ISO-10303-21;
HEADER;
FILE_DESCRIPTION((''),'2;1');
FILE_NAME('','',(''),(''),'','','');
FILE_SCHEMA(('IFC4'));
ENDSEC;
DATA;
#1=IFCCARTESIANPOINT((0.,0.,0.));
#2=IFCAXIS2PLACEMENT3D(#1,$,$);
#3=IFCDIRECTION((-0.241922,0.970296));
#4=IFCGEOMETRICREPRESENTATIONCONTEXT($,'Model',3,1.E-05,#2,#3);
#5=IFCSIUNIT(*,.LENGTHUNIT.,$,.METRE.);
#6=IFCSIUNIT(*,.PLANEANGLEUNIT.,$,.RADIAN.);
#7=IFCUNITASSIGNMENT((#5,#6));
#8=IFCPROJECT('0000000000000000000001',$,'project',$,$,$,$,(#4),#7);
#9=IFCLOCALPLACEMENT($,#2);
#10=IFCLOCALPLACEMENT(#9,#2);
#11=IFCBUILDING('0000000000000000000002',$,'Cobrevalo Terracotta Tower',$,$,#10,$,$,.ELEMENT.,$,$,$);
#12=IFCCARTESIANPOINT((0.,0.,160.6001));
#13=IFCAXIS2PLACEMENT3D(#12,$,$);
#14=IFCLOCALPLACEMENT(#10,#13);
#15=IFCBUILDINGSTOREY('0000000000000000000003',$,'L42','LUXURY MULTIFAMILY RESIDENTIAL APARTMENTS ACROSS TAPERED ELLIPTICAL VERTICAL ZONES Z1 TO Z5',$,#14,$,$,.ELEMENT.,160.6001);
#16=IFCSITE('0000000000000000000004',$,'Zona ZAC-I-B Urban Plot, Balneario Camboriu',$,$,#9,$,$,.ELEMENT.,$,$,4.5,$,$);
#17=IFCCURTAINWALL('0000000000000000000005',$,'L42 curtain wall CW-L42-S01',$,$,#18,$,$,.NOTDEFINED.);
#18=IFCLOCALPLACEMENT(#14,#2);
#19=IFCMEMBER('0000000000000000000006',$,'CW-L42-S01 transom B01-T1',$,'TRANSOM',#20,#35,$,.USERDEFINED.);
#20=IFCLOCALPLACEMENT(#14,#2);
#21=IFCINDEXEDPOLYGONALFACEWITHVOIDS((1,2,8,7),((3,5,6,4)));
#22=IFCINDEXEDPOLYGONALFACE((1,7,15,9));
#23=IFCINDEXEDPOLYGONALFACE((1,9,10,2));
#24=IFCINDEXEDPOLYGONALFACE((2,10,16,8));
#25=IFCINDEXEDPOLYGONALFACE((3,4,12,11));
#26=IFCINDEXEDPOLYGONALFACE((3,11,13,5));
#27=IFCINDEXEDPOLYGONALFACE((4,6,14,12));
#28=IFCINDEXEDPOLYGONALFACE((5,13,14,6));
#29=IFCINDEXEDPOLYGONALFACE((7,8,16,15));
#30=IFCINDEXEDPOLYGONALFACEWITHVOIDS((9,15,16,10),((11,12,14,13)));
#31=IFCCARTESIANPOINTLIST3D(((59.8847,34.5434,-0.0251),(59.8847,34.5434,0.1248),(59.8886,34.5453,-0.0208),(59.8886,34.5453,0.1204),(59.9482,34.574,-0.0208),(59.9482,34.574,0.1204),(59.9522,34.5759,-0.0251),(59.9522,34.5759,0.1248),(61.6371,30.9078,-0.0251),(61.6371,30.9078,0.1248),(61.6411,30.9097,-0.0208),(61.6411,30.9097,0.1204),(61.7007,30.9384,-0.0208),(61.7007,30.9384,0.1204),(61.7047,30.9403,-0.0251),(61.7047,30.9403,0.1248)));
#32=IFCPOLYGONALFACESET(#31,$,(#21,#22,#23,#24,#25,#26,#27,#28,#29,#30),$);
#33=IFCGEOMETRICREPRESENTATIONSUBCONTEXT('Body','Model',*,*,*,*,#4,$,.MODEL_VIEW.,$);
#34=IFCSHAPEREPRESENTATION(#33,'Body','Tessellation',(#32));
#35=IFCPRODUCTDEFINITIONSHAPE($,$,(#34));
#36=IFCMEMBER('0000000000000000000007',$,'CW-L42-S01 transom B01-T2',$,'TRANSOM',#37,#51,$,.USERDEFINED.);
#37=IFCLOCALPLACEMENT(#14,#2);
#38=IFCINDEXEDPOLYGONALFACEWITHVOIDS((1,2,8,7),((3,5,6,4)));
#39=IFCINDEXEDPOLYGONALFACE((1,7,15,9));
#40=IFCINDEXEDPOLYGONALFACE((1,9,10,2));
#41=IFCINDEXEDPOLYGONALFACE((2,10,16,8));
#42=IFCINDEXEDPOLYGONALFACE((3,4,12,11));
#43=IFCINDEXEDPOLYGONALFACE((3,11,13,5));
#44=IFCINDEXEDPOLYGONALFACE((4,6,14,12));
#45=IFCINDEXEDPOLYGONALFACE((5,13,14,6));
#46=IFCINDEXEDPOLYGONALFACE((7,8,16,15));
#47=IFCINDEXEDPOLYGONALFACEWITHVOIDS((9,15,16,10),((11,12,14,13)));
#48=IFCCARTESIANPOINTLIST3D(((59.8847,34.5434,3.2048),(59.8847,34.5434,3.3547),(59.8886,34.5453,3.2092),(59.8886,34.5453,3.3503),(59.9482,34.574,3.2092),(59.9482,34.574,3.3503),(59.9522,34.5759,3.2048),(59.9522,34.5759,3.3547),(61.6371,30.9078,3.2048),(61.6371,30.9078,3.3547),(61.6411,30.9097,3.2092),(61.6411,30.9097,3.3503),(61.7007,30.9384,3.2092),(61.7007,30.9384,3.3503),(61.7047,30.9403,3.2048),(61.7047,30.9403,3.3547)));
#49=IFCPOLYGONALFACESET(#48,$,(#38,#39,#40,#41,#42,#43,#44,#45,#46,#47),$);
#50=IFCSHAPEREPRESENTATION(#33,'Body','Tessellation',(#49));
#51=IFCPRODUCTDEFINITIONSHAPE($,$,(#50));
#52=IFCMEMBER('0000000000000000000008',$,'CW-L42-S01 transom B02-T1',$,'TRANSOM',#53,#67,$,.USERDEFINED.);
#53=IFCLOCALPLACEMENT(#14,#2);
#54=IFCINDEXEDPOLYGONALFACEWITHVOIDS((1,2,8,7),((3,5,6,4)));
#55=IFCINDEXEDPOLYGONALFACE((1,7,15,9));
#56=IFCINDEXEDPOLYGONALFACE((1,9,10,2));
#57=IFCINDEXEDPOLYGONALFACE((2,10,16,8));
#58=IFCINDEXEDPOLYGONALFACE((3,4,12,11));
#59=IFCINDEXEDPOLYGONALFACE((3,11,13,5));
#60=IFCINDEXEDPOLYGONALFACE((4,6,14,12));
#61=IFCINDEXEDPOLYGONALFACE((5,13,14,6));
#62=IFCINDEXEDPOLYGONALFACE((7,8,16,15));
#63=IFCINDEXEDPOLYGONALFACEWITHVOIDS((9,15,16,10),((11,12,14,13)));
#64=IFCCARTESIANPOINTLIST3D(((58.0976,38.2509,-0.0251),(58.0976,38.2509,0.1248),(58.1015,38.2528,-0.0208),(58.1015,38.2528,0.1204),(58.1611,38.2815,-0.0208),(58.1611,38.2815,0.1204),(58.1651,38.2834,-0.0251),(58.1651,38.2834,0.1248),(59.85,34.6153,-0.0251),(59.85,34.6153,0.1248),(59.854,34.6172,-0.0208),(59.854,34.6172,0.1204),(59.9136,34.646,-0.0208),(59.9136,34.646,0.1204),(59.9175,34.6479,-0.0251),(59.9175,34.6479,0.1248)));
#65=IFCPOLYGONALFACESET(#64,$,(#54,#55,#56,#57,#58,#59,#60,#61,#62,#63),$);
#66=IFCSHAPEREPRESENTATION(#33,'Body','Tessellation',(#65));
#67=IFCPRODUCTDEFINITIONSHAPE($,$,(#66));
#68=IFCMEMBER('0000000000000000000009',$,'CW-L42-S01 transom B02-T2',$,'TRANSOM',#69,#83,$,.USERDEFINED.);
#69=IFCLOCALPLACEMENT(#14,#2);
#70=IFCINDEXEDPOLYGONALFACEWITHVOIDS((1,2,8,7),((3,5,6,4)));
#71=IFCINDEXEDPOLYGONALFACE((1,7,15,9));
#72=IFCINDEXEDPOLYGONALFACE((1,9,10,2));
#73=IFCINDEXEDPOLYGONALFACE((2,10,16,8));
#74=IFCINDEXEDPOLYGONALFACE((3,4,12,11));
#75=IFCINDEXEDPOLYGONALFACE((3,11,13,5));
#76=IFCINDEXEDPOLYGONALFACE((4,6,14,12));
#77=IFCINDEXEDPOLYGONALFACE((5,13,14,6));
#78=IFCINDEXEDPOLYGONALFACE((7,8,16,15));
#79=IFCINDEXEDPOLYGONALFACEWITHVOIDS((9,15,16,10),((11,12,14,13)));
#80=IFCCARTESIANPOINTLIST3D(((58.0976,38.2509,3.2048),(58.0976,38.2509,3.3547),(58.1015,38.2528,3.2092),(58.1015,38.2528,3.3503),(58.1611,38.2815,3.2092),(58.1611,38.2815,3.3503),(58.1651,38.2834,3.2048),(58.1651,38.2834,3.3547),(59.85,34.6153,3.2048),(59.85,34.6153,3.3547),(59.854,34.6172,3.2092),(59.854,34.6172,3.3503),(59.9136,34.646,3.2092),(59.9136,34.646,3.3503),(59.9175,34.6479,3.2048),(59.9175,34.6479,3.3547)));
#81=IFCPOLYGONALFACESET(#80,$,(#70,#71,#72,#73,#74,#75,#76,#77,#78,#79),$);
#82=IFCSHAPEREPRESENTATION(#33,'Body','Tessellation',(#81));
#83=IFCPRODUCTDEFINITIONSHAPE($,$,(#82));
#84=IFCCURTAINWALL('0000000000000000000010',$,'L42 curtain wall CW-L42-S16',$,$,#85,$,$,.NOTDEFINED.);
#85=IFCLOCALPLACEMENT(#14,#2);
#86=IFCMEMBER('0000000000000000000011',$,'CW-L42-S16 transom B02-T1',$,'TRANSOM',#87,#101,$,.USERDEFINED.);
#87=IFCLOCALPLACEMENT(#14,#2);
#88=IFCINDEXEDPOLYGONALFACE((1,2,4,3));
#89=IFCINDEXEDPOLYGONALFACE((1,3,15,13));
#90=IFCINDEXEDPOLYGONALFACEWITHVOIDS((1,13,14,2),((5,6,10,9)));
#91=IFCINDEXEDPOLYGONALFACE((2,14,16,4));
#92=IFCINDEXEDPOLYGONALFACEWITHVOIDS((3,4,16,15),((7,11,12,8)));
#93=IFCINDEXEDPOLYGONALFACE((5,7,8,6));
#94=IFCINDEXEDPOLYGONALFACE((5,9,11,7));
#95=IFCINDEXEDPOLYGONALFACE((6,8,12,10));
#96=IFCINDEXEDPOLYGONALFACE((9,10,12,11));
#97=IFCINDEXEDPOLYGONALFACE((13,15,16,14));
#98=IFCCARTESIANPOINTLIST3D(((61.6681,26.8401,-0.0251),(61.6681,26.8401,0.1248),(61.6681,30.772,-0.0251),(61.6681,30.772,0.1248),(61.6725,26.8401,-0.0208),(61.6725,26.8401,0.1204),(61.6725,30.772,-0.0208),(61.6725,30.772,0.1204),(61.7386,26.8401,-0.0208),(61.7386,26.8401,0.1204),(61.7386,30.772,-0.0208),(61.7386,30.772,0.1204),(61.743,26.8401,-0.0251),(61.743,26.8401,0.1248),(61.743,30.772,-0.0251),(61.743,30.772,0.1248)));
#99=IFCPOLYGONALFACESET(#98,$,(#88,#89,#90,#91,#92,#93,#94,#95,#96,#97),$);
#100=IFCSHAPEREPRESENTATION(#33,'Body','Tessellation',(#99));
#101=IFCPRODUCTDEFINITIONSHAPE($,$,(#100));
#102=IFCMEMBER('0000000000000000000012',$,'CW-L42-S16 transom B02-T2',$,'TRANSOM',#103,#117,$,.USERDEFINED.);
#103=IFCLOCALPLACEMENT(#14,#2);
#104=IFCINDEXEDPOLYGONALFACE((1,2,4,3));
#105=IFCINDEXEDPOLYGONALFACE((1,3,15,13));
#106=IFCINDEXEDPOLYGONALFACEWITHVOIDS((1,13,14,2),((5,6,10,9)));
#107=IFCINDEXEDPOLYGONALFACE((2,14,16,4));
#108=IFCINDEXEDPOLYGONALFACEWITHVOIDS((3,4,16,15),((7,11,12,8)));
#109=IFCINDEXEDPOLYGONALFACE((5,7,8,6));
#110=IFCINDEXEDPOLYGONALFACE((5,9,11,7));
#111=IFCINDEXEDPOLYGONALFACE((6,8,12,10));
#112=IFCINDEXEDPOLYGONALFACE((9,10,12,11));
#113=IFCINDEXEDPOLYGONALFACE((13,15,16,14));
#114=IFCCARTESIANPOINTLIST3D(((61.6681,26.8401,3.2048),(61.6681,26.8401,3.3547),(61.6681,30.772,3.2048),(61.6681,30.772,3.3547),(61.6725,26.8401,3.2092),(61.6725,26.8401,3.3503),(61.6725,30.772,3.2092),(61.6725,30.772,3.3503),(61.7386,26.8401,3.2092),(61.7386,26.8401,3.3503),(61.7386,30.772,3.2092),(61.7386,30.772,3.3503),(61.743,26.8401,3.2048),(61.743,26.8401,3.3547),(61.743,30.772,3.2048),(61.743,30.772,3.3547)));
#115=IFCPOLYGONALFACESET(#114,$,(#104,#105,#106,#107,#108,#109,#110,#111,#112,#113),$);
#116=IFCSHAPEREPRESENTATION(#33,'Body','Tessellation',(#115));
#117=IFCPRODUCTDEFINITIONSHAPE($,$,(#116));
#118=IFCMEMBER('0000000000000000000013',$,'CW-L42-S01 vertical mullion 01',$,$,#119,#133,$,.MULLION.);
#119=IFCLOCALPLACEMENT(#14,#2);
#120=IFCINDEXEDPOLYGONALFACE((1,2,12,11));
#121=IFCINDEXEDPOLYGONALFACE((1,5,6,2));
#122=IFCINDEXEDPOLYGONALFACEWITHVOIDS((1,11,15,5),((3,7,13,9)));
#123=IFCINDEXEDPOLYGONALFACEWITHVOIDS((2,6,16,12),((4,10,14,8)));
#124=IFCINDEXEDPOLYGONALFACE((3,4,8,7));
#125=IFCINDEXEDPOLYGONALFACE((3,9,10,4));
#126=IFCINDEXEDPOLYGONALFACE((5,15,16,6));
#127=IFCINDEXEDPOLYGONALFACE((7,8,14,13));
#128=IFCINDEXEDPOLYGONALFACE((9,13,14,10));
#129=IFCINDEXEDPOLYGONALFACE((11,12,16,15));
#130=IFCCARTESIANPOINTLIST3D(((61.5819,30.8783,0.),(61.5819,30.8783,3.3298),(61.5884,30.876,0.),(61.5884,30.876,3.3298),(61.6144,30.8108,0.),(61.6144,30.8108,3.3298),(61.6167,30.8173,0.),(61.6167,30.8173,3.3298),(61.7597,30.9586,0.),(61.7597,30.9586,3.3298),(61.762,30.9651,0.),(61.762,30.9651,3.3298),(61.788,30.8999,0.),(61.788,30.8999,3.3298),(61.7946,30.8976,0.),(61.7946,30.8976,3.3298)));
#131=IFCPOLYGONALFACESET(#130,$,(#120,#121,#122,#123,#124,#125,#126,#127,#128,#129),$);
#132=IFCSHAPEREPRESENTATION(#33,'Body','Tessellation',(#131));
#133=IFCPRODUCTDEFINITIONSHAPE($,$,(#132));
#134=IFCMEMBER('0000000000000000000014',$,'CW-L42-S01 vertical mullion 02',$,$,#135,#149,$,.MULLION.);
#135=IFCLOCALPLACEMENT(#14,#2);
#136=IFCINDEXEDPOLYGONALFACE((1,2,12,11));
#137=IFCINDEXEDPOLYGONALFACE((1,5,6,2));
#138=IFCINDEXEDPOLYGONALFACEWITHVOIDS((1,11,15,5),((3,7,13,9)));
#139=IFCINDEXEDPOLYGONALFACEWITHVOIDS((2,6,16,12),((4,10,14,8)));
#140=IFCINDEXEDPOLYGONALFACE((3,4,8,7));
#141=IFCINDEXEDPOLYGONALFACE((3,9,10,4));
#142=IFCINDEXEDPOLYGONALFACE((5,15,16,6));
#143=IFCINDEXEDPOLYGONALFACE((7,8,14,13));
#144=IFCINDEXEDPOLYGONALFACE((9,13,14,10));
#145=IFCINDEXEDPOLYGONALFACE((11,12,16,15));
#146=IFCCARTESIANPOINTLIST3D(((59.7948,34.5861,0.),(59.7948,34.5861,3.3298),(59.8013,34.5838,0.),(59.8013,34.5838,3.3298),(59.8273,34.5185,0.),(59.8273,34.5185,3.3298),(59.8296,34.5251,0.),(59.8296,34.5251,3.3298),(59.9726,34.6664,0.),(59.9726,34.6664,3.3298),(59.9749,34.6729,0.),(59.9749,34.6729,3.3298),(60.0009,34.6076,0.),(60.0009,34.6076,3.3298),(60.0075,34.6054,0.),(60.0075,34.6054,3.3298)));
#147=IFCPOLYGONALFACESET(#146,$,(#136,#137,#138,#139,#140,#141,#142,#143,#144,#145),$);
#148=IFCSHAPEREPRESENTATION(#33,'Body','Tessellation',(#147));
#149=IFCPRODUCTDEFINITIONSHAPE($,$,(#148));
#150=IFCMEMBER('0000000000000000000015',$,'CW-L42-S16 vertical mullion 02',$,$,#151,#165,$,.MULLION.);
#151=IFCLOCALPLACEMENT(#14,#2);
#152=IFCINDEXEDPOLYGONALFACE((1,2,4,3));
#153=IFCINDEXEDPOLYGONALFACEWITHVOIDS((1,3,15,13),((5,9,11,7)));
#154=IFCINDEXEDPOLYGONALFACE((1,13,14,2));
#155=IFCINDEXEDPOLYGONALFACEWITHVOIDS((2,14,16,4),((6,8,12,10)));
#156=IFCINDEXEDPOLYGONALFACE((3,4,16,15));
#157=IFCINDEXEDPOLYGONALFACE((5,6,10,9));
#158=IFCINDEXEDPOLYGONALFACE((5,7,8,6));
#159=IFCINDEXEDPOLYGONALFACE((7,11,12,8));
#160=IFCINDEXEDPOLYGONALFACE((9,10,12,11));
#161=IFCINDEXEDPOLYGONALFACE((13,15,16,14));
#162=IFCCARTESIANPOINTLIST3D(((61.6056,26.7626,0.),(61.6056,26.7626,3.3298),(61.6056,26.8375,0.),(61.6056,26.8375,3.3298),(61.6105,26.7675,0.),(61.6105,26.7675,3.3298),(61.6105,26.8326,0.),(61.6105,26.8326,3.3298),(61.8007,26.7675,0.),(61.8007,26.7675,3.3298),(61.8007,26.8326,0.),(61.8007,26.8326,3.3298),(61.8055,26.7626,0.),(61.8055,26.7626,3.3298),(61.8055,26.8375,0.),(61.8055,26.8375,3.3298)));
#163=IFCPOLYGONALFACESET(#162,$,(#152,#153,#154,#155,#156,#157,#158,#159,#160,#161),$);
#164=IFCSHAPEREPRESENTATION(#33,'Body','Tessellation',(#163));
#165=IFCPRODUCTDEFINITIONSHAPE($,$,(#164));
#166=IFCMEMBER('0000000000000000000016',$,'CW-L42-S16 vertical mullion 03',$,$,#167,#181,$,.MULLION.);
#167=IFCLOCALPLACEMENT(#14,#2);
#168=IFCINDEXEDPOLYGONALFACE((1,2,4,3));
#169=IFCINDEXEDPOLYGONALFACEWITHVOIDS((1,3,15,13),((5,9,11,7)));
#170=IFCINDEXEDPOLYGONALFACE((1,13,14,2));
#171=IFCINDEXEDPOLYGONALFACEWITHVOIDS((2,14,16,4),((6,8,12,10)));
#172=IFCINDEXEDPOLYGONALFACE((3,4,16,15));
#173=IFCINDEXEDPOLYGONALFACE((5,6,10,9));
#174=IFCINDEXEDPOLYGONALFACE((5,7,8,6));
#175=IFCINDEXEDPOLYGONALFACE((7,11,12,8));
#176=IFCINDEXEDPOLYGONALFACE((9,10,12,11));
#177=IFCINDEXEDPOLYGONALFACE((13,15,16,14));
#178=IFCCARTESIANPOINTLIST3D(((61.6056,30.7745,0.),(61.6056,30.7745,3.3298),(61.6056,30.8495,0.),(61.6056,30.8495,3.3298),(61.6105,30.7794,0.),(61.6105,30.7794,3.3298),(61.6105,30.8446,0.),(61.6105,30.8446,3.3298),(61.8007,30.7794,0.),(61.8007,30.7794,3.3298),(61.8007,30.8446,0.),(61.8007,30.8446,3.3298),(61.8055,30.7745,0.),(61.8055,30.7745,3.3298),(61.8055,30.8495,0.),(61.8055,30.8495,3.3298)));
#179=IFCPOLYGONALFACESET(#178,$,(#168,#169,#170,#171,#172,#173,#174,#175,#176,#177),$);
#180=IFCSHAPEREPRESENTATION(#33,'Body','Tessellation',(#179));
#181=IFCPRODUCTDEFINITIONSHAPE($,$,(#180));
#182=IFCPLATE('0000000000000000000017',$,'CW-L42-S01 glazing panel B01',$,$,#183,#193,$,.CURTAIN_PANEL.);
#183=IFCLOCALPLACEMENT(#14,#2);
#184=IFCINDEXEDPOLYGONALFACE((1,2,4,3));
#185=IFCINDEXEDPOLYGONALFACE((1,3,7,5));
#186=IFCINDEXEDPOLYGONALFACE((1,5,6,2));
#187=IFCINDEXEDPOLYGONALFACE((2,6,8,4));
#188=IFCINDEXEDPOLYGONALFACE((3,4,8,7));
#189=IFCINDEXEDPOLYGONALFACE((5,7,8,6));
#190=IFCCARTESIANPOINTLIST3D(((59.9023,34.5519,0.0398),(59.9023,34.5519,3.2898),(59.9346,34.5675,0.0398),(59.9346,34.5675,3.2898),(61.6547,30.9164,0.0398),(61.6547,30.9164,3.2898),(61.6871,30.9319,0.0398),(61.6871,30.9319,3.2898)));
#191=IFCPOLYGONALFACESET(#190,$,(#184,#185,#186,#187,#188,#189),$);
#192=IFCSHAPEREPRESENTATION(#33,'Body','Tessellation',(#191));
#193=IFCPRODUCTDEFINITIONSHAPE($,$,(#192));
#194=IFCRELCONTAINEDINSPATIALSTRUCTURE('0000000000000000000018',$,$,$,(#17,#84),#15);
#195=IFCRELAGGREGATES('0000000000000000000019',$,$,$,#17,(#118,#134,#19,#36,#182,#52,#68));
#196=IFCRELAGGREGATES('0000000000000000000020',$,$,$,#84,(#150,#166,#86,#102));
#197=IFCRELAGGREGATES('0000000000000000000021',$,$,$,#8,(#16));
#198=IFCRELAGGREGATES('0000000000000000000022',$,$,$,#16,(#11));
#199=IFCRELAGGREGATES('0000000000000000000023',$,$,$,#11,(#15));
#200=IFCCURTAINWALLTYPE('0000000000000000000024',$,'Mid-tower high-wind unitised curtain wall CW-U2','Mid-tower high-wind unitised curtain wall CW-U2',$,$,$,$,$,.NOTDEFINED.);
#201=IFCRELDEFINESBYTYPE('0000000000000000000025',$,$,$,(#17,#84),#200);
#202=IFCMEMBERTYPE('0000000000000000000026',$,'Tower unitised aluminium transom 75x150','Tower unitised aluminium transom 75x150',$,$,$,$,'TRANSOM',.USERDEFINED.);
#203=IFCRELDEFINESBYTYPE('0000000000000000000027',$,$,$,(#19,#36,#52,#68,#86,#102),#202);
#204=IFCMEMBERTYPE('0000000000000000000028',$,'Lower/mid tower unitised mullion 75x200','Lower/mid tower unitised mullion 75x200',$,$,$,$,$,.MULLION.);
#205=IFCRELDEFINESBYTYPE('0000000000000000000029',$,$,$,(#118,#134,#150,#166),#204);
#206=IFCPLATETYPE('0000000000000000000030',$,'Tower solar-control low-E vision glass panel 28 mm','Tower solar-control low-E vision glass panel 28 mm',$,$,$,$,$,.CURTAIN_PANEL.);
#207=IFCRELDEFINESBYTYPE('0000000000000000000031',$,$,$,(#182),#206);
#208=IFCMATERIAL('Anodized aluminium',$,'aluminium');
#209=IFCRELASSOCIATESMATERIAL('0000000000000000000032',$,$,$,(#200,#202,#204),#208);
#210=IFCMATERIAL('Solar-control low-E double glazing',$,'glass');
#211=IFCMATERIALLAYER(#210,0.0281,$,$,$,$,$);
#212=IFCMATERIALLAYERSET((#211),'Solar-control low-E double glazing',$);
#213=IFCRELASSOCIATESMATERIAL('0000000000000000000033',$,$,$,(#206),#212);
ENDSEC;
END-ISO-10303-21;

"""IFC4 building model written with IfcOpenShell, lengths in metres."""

from ifc_helpers import new_model, si_unit, direction, frame, origin, origin_2d, place, context, subcontext, project, spatial, rectangle, hollow_rectangle, extrude, source, transform, mapped, material, layer, layer_set, material_profile, profile_set, type_object, element, aggregate, save


model = new_model("IFC4")

# Units and contexts
model_context = context("Model", 3, precision=1e-05, world=origin(), true_north=direction((-0.241922, 0.970296)))
body_context = subcontext(model_context, "Body", "Model", "MODEL_VIEW")
ifc_project = project(units=[si_unit("LENGTHUNIT", "METRE"), si_unit("PLANEANGLEUNIT", "RADIAN")], contexts=[model_context])

# Site, building, storey
site_placement = place(None, origin())
site = spatial("IfcSite", under=ifc_project, at=site_placement, Name="Zona ZAC-I-B Urban Plot, Balneario Camboriu", CompositionType="ELEMENT", RefElevation=4.5)
building_placement = place(site_placement, origin())
building = spatial("IfcBuilding", under=site, at=building_placement, Name="Cobrevalo Terracotta Tower", CompositionType="ELEMENT")
storey_placement = place(building_placement, frame((0.0, 0.0, 160.6001)))
storey = spatial("IfcBuildingStorey", under=building, at=storey_placement, Name="L42", Description="LUXURY MULTIFAMILY RESIDENTIAL APARTMENTS ACROSS TAPERED ELLIPTICAL VERTICAL ZONES Z1 TO Z5", CompositionType="ELEMENT", Elevation=160.6001)

# Curtain walls, members
ifc_material_1 = material(Name="Anodized aluminium", Category="aluminium")
curtain_wall_type = type_object("IfcCurtainWallType", Name="Mid-tower high-wind unitised curtain wall CW-U2", Description="Mid-tower high-wind unitised curtain wall CW-U2", PredefinedType="NOTDEFINED", material=ifc_material_1)
curtain_wall_1_placement = place(storey_placement, origin())
curtain_wall_1 = element("IfcCurtainWall", 1, at=curtain_wall_1_placement, inside=storey, type_object=curtain_wall_type, Name="L42 curtain wall CW-L42-S01", PredefinedType="NOTDEFINED")
ifc_material_profile_1 = material_profile(ifc_material_1, hollow_rectangle(XDim=0.075, YDim=0.1499, WallThickness=0.0044, at=origin_2d()), Name="CWT 75x150")
ifc_profile_set_1 = profile_set([ifc_material_profile_1], Name="Anodized aluminium")
member_type_1 = type_object("IfcMemberType", Name="Tower unitised aluminium transom 75x150", Description="Tower unitised aluminium transom 75x150", ElementType="TRANSOM", PredefinedType="USERDEFINED", material=ifc_profile_set_1)
shared_shape_1 = source(origin(), body_context, "Body", "SweptSolid", [
    extrude(hollow_rectangle(XDim=0.075, YDim=0.1499, WallThickness=0.0044, at=origin_2d()), origin(), (0.0, 0.0, 1.0), 4.0359),
])
member_1_placement = place(storey_placement, frame((61.6709, 30.9241, 0.0498), z_axis=(-0.434221, 0.900806, 0.0), x_axis=(-0.900806, -0.434221, 0.0)))
member_1 = element("IfcMember", 2, at=member_1_placement, type_object=member_type_1, Name="CW-L42-S01 transom B01-T1", ObjectType="TRANSOM", PredefinedType="USERDEFINED", context=body_context, shape_type="MappedRepresentation", body=[
    mapped(shared_shape_1, transform((0.0, 0.0, 0.0), scale=1.0)),
])
member_2_placement = place(storey_placement, frame((61.6709, 30.9241, 3.2798), z_axis=(-0.434221, 0.900806, 0.0), x_axis=(-0.900806, -0.434221, 0.0)))
member_2 = element("IfcMember", 3, at=member_2_placement, type_object=member_type_1, Name="CW-L42-S01 transom B01-T2", ObjectType="TRANSOM", PredefinedType="USERDEFINED", context=body_context, shape_type="MappedRepresentation", body=[
    mapped(shared_shape_1, transform((0.0, 0.0, 0.0), scale=1.0)),
])
member_3_placement = place(storey_placement, frame((59.8838, 34.6316, 0.0498), z_axis=(-0.434221, 0.900806, 0.0), x_axis=(-0.900806, -0.434221, 0.0)))
member_3 = element("IfcMember", 4, at=member_3_placement, type_object=member_type_1, Name="CW-L42-S01 transom B02-T1", ObjectType="TRANSOM", PredefinedType="USERDEFINED", context=body_context, shape_type="MappedRepresentation", body=[
    mapped(shared_shape_1, transform((0.0, 0.0, 0.0), scale=1.0)),
])
member_4_placement = place(storey_placement, frame((59.8838, 34.6316, 3.2798), z_axis=(-0.434221, 0.900806, 0.0), x_axis=(-0.900806, -0.434221, 0.0)))
member_4 = element("IfcMember", 5, at=member_4_placement, type_object=member_type_1, Name="CW-L42-S01 transom B02-T2", ObjectType="TRANSOM", PredefinedType="USERDEFINED", context=body_context, shape_type="MappedRepresentation", body=[
    mapped(shared_shape_1, transform((0.0, 0.0, 0.0), scale=1.0)),
])
curtain_wall_2_placement = place(storey_placement, origin())
curtain_wall_2 = element("IfcCurtainWall", 6, at=curtain_wall_2_placement, inside=storey, type_object=curtain_wall_type, Name="L42 curtain wall CW-L42-S16", PredefinedType="NOTDEFINED")
shared_shape_2 = source(origin(), body_context, "Body", "SweptSolid", [
    extrude(hollow_rectangle(XDim=0.075, YDim=0.1499, WallThickness=0.0044, at=origin_2d()), origin(), (0.0, 0.0, 1.0), 3.9319),
])
member_5_placement = place(storey_placement, frame((61.7056, 26.8401, 0.0498), z_axis=(0.0, 1.0, 0.0), x_axis=(-1.0, 0.0, 0.0)))
member_5 = element("IfcMember", 7, at=member_5_placement, type_object=member_type_1, Name="CW-L42-S16 transom B02-T1", ObjectType="TRANSOM", PredefinedType="USERDEFINED", context=body_context, shape_type="MappedRepresentation", body=[
    mapped(shared_shape_2, transform((0.0, 0.0, 0.0), scale=1.0)),
])
member_6_placement = place(storey_placement, frame((61.7056, 26.8401, 3.2798), z_axis=(0.0, 1.0, 0.0), x_axis=(-1.0, 0.0, 0.0)))
member_6 = element("IfcMember", 8, at=member_6_placement, type_object=member_type_1, Name="CW-L42-S16 transom B02-T2", ObjectType="TRANSOM", PredefinedType="USERDEFINED", context=body_context, shape_type="MappedRepresentation", body=[
    mapped(shared_shape_2, transform((0.0, 0.0, 0.0), scale=1.0)),
])

# Members
ifc_material_profile_2 = material_profile(ifc_material_1, hollow_rectangle(XDim=0.075, YDim=0.2, WallThickness=0.0049, at=origin_2d()), Name="CWM 75x200")
ifc_profile_set_2 = profile_set([ifc_material_profile_2], Name="Anodized aluminium")
member_type_2 = type_object("IfcMemberType", Name="Lower/mid tower unitised mullion 75x200", Description="Lower/mid tower unitised mullion 75x200", PredefinedType="MULLION", material=ifc_profile_set_2)
shared_shape_3 = source(origin(), body_context, "Body", "SweptSolid", [
    extrude(hollow_rectangle(XDim=0.075, YDim=0.2, WallThickness=0.0049, at=origin_2d()), origin(), (0.0, 0.0, 1.0), 3.3298),
])
member_7_placement = place(storey_placement, frame((61.6882, 30.8879, 0.0), z_axis=(0.0, 0.0, 1.0), x_axis=(-0.434209, 0.900812, 0.0)))
member_7 = element("IfcMember", 9, at=member_7_placement, type_object=member_type_2, Name="CW-L42-S01 vertical mullion 01", PredefinedType="MULLION", context=body_context, shape_type="MappedRepresentation", body=[
    mapped(shared_shape_3, transform((0.0, 0.0, 0.0), scale=1.0)),
])
member_8_placement = place(storey_placement, frame((59.9011, 34.5957, 0.0), z_axis=(0.0, 0.0, 1.0), x_axis=(-0.434209, 0.900812, 0.0)))
member_8 = element("IfcMember", 10, at=member_8_placement, type_object=member_type_2, Name="CW-L42-S01 vertical mullion 02", PredefinedType="MULLION", context=body_context, shape_type="MappedRepresentation", body=[
    mapped(shared_shape_3, transform((0.0, 0.0, 0.0), scale=1.0)),
])
member_9_placement = place(storey_placement, frame((61.7056, 26.8, 0.0), z_axis=(0.0, 0.0, 1.0), x_axis=(0.0, 1.0, 0.0)))
member_9 = element("IfcMember", 11, at=member_9_placement, type_object=member_type_2, Name="CW-L42-S16 vertical mullion 02", PredefinedType="MULLION", context=body_context, shape_type="MappedRepresentation", body=[
    mapped(shared_shape_3, transform((0.0, 0.0, 0.0), scale=1.0)),
])
member_10_placement = place(storey_placement, frame((61.7056, 30.812, 0.0), z_axis=(0.0, 0.0, 1.0), x_axis=(0.0, 1.0, 0.0)))
member_10 = element("IfcMember", 12, at=member_10_placement, type_object=member_type_2, Name="CW-L42-S16 vertical mullion 03", PredefinedType="MULLION", context=body_context, shape_type="MappedRepresentation", body=[
    mapped(shared_shape_3, transform((0.0, 0.0, 0.0), scale=1.0)),
])

# Plate
ifc_material_2 = material(Name="Solar-control low-E double glazing", Category="glass")
ifc_layer_1 = layer(ifc_material_2, 0.0281)
ifc_layer_set_1 = layer_set([ifc_layer_1], Name="Solar-control low-E double glazing")
plate_type = type_object("IfcPlateType", Name="Tower solar-control low-E vision glass panel 28 mm", Description="Tower solar-control low-E vision glass panel 28 mm", PredefinedType="CURTAIN_PANEL", material=ifc_layer_set_1)
shared_shape_4 = source(origin(), body_context, "Body", "SweptSolid", [
    extrude(rectangle(XDim=4.0359, YDim=0.0359, at=origin_2d()), origin(), (0.0, 0.0, 1.0), 3.25),
])
plate_1_placement = place(storey_placement, frame((60.7947, 32.7419, 0.0398), z_axis=(0.0, 0.0, 1.0), x_axis=(-0.434209, 0.900812, 0.0)))
plate_1 = element("IfcPlate", 13, at=plate_1_placement, type_object=plate_type, Name="CW-L42-S01 glazing panel B01", PredefinedType="CURTAIN_PANEL", context=body_context, shape_type="MappedRepresentation", body=[
    mapped(shared_shape_4, transform((0.0, 0.0, 0.0), scale=1.0)),
])
aggregate(curtain_wall_1, [member_7, member_8, member_1, member_2, plate_1, member_3, member_4])
aggregate(curtain_wall_2, [member_9, member_10, member_5, member_6])

save(model, "model.ifc")
